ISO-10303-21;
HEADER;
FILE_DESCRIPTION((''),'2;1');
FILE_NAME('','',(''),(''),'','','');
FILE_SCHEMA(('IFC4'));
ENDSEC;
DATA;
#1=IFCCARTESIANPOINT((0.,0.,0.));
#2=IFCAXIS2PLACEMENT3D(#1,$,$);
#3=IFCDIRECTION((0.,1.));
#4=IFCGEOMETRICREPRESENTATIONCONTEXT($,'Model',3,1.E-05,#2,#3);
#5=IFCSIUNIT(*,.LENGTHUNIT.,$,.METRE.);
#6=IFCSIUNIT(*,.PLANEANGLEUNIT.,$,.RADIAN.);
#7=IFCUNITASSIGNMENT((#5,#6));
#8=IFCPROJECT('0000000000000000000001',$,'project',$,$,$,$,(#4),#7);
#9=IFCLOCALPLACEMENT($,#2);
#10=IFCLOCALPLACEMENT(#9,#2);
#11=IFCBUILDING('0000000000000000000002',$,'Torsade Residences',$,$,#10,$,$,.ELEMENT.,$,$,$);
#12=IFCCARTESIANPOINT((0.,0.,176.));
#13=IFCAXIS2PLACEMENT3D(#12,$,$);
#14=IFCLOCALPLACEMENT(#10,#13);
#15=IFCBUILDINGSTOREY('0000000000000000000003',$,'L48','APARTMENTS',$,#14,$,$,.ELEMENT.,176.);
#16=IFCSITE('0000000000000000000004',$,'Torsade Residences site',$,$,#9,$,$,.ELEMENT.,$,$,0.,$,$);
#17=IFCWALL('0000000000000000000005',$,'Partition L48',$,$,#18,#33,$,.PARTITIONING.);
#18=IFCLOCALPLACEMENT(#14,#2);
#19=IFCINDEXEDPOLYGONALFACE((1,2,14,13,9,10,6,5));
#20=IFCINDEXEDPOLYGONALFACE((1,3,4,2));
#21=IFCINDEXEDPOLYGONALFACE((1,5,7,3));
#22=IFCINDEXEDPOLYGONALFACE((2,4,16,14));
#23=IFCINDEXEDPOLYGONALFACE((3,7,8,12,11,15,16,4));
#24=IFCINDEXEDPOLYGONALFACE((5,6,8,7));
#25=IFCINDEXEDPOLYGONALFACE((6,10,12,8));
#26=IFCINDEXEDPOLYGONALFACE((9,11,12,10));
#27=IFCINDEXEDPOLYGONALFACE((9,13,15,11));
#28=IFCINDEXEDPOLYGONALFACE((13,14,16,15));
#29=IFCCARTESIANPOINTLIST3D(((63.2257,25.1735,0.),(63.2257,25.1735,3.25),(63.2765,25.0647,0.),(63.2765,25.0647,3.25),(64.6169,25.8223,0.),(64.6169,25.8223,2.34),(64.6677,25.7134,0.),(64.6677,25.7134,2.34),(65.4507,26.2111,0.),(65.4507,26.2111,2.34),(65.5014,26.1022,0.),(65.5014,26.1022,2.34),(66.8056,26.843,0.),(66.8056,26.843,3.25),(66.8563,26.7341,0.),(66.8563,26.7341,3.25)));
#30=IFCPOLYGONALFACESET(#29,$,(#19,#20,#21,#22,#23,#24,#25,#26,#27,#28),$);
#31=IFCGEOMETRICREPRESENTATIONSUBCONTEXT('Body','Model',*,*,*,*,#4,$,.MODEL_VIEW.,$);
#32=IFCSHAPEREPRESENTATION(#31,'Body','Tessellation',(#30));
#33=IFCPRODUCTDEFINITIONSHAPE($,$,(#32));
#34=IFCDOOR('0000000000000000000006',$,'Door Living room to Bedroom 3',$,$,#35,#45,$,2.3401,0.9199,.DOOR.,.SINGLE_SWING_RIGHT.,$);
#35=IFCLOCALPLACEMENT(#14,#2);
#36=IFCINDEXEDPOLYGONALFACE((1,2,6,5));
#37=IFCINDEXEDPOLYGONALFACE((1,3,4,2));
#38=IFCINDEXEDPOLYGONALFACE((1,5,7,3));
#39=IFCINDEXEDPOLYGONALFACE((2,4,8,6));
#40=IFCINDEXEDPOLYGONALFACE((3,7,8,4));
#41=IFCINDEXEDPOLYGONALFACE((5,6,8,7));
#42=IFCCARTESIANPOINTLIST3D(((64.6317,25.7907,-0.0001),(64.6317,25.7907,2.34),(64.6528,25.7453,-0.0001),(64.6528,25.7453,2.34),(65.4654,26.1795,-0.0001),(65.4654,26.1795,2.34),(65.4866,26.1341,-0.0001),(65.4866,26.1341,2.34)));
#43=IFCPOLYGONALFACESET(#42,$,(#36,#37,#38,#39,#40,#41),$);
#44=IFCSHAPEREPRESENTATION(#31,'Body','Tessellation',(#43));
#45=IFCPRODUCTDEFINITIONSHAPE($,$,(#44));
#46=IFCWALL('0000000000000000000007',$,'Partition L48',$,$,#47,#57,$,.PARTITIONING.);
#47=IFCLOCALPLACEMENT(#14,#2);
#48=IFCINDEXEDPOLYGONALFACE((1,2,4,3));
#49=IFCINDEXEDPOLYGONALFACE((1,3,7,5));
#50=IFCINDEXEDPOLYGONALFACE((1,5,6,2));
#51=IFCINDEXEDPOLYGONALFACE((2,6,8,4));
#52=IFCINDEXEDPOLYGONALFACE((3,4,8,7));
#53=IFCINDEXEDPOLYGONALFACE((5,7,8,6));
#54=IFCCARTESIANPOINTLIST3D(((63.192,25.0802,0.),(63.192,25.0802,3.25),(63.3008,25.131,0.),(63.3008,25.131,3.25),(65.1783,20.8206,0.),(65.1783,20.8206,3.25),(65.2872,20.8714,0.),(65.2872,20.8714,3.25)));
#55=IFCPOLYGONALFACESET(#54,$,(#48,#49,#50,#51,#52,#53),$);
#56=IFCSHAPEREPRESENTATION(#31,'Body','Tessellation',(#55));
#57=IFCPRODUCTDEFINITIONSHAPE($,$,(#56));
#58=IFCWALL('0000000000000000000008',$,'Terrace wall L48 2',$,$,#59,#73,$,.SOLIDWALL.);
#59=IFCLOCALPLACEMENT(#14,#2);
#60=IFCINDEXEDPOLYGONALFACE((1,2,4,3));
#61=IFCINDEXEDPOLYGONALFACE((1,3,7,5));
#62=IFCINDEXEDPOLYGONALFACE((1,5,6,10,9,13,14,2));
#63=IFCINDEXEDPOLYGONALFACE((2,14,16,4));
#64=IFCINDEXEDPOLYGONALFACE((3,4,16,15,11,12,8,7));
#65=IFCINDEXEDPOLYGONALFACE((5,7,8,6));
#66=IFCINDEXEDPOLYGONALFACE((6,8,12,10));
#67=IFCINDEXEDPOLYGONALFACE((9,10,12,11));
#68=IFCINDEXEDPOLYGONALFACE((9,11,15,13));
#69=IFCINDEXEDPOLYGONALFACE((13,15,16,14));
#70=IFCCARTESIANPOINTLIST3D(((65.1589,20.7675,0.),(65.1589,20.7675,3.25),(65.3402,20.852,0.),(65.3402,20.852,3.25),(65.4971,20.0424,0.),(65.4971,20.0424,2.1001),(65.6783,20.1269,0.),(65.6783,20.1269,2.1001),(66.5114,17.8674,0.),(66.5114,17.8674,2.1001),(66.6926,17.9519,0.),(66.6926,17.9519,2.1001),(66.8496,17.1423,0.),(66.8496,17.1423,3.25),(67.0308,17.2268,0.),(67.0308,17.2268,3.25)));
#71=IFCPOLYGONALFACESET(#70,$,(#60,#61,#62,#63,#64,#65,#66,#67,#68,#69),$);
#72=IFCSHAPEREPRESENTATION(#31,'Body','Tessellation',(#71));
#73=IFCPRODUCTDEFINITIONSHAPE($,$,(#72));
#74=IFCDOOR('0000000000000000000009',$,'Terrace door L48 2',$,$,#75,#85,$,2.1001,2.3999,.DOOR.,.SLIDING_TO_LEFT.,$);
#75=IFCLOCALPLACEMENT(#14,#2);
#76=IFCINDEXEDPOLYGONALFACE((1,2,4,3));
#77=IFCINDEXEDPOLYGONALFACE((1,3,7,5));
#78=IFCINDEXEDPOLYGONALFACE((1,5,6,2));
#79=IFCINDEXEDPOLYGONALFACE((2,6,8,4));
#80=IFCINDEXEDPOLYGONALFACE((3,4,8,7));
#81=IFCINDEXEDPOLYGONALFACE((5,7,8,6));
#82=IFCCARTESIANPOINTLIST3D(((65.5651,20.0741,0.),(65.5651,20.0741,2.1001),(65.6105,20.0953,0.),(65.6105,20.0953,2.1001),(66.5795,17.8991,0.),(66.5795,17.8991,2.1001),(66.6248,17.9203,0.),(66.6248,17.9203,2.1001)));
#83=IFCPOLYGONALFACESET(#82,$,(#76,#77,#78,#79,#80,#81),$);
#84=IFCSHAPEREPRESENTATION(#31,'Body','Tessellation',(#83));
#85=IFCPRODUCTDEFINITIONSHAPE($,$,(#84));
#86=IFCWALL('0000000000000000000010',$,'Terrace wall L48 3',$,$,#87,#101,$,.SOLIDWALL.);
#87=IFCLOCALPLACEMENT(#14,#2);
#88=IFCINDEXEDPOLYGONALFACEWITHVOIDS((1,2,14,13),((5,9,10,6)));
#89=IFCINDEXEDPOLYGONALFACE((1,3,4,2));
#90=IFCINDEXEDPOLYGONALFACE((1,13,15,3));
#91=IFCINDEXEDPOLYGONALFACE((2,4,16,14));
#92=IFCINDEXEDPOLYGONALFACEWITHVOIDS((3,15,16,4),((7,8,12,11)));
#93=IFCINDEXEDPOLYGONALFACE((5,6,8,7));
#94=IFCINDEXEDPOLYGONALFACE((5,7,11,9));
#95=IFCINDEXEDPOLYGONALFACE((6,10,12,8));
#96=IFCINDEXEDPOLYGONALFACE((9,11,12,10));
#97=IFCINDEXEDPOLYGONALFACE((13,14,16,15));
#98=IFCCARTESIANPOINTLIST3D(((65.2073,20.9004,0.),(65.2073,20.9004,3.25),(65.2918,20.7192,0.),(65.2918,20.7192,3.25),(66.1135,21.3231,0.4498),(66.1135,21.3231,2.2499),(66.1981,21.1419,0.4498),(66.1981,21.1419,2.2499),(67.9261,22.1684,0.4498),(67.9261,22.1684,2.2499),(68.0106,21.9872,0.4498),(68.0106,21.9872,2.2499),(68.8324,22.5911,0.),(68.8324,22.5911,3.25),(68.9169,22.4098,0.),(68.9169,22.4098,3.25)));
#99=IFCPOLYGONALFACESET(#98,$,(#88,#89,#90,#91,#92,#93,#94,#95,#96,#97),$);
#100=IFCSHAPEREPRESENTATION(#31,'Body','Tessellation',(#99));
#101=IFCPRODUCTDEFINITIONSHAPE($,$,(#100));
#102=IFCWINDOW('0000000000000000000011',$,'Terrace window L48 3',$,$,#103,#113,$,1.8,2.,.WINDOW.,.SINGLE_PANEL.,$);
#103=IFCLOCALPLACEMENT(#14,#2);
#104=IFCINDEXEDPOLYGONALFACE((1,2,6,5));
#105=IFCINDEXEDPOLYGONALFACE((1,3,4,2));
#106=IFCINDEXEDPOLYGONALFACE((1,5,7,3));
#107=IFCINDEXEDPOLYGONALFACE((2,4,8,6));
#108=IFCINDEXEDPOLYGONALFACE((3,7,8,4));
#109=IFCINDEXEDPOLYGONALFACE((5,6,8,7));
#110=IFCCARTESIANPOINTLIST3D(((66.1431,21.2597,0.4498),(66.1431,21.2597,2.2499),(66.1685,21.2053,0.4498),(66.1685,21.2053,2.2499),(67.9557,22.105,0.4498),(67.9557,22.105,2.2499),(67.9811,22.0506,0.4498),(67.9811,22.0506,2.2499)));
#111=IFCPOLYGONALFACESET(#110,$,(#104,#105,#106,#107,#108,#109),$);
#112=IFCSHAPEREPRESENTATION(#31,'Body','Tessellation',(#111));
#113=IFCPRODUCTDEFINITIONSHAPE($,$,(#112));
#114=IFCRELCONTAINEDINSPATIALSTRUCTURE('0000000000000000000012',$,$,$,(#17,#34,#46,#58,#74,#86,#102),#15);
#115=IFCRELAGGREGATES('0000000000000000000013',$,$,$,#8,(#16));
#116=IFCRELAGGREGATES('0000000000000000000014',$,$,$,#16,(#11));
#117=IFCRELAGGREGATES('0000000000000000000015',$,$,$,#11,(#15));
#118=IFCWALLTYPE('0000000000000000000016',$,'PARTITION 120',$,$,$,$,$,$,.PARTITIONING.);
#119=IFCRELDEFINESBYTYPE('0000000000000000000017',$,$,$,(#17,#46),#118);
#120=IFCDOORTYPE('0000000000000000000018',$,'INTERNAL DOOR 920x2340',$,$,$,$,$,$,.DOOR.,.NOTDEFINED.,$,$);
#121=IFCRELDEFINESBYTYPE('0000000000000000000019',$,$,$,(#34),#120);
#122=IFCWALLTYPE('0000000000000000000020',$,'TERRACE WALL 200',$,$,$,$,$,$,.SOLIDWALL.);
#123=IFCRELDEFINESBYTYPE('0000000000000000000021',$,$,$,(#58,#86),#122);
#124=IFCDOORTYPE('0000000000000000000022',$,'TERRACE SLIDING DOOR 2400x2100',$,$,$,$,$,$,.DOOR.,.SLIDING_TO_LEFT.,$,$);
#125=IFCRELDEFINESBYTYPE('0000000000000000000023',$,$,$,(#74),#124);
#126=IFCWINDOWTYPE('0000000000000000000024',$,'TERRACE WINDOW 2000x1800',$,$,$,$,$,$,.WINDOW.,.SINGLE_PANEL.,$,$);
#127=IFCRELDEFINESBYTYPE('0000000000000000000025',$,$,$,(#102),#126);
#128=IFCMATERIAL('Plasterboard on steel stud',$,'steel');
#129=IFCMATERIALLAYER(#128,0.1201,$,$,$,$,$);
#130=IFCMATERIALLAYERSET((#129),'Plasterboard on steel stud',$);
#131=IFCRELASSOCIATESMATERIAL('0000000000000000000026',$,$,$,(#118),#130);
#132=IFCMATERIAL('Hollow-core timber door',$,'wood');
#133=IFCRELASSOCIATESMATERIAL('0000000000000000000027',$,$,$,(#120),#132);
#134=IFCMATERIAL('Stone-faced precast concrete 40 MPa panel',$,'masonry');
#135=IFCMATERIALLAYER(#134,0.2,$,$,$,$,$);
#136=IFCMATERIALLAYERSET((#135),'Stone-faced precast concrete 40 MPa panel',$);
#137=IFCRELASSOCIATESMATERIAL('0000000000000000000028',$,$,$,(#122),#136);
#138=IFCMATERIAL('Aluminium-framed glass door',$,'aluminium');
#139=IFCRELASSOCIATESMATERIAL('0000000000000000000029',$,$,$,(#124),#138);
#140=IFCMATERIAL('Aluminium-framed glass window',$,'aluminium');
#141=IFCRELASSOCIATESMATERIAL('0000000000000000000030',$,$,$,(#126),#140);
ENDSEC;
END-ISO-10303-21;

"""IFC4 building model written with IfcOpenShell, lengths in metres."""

from ifc_helpers import new_model, si_unit, direction, frame, frame_2d, origin, place, context, subcontext, project, spatial, rectangle, extrude, material, layer, layer_set, type_object, element, fill, save


model = new_model("IFC4")

# Units and contexts
model_context = context("Model", 3, precision=1e-05, world=origin(), true_north=direction((0.0, 1.0)))
body_context = subcontext(model_context, "Body", "Model", "MODEL_VIEW")
ifc_project = project(units=[si_unit("LENGTHUNIT", "METRE"), si_unit("PLANEANGLEUNIT", "RADIAN")], contexts=[model_context])

# Site, building, storey
site_placement = place(None, origin())
site = spatial("IfcSite", under=ifc_project, at=site_placement, Name="Torsade Residences site", CompositionType="ELEMENT", RefElevation=0.0)
building_placement = place(site_placement, origin())
building = spatial("IfcBuilding", under=site, at=building_placement, Name="Torsade Residences", CompositionType="ELEMENT")
storey_placement = place(building_placement, frame((0.0, 0.0, 176.0)))
storey = spatial("IfcBuildingStorey", under=building, at=storey_placement, Name="L48", Description="APARTMENTS", CompositionType="ELEMENT", Elevation=176.0)

# Shared definitions
ifc_material_1 = material(Name="Plasterboard on steel stud", Category="steel")
ifc_layer_1 = layer(ifc_material_1, 0.1201)
ifc_layer_set_1 = layer_set([ifc_layer_1], Name="Plasterboard on steel stud")
wall_type_1 = type_object("IfcWallType", Name="PARTITION 120", PredefinedType="PARTITIONING", material=ifc_layer_set_1)

# Wall, opening, door
wall_1_placement = place(storey_placement, frame((66.8311, 26.7886, 0.0), z_axis=(0.0, 0.0, 1.0), x_axis=(-0.906295, -0.422645, 0.0)))
wall_1 = element("IfcWall", 1, at=wall_1_placement, inside=storey, type_object=wall_type_1, Name="Partition L48", PredefinedType="PARTITIONING", context=body_context, shape_type="SweptSolid", body=[
    extrude(rectangle(XDim=3.95, YDim=0.1201, at=frame_2d((1.9751, 0.0))), origin(), (0.0, 0.0, 1.0), 3.25),
])
opening_1_placement = place(wall_1_placement, frame((1.4951, 0.0, 0.0)))
opening_1 = element("IfcOpeningElement", 2, at=opening_1_placement, cuts=wall_1, PredefinedType="OPENING", context=body_context, shape_type="SweptSolid", body=[
    extrude(rectangle(XDim=0.9199, YDim=2.3401, at=frame_2d((0.46, 1.1699))), frame((0.0, 0.0701, 0.0), z_axis=(0.0, -1.0, 0.0), x_axis=(1.0, 0.0, 0.0)), (0.0, 0.0, 1.0), 0.1401),
])
ifc_material_2 = material(Name="Hollow-core timber door", Category="wood")
door_type_1 = type_object("IfcDoorType", Name="INTERNAL DOOR 920x2340", OperationType="NOTDEFINED", PredefinedType="DOOR", material=ifc_material_2)
door_1_placement = place(opening_1_placement, origin())
door_1 = element("IfcDoor", 3, at=door_1_placement, inside=storey, type_object=door_type_1, Name="Door Living room to Bedroom 3", OperationType="SINGLE_SWING_RIGHT", OverallHeight=2.3401, OverallWidth=0.9199, PredefinedType="DOOR", context=body_context, shape_type="SweptSolid", body=[
    extrude(rectangle(XDim=0.9199, YDim=2.3401, at=frame_2d((0.46, 1.1699))), frame((0.0, 0.0249, 0.0), z_axis=(0.0, -1.0, 0.0), x_axis=(1.0, 0.0, 0.0)), (0.0, 0.0, 1.0), 0.05),
])
fill(opening_1, door_1)

# Wall
wall_2_placement = place(storey_placement, frame((63.2463, 25.1057, 0.0), z_axis=(0.0, 0.0, 1.0), x_axis=(0.422632, -0.906301, 0.0)))
element("IfcWall", 4, at=wall_2_placement, inside=storey, type_object=wall_type_1, Name="Partition L48", PredefinedType="PARTITIONING", context=body_context, shape_type="SweptSolid", body=[
    extrude(rectangle(XDim=4.7, YDim=0.1201, at=frame_2d((2.3501, 0.0))), origin(), (0.0, 0.0, 1.0), 3.25),
])

# Wall, opening, door
ifc_material_3 = material(Name="Stone-faced precast concrete 40 MPa panel", Category="masonry")
ifc_layer_2 = layer(ifc_material_3, 0.2)
ifc_layer_set_2 = layer_set([ifc_layer_2], Name="Stone-faced precast concrete 40 MPa panel")
wall_type_2 = type_object("IfcWallType", Name="TERRACE WALL 200", PredefinedType="SOLIDWALL", material=ifc_layer_set_2)
wall_3_placement = place(storey_placement, frame((66.9402, 17.1846, 0.0), z_axis=(0.0, 0.0, 1.0), x_axis=(-0.422658, 0.906289, 0.0)))
wall_3 = element("IfcWall", 5, at=wall_3_placement, inside=storey, type_object=wall_type_2, Name="Terrace wall L48 2", PredefinedType="SOLIDWALL", context=body_context, shape_type="SweptSolid", body=[
    extrude(rectangle(XDim=4.0, YDim=0.2, at=frame_2d((2.0, 0.0))), origin(), (0.0, 0.0, 1.0), 3.25),
])
opening_2_placement = place(wall_3_placement, frame((0.8, 0.0, 0.0)))
opening_2 = element("IfcOpeningElement", 6, at=opening_2_placement, cuts=wall_3, PredefinedType="OPENING", context=body_context, shape_type="SweptSolid", body=[
    extrude(rectangle(XDim=2.3999, YDim=2.1001, at=frame_2d((1.2, 1.05))), frame((0.0, 0.1099, 0.0), z_axis=(0.0, -1.0, 0.0), x_axis=(1.0, 0.0, 0.0)), (0.0, 0.0, 1.0), 0.22),
])
ifc_material_4 = material(Name="Aluminium-framed glass door", Category="aluminium")
door_type_2 = type_object("IfcDoorType", Name="TERRACE SLIDING DOOR 2400x2100", OperationType="SLIDING_TO_LEFT", PredefinedType="DOOR", material=ifc_material_4)
door_2_placement = place(opening_2_placement, origin())
door_2 = element("IfcDoor", 7, at=door_2_placement, inside=storey, type_object=door_type_2, Name="Terrace door L48 2", OperationType="SLIDING_TO_LEFT", OverallHeight=2.1001, OverallWidth=2.3999, PredefinedType="DOOR", context=body_context, shape_type="SweptSolid", body=[
    extrude(rectangle(XDim=2.3999, YDim=2.1001, at=frame_2d((1.2, 1.05))), frame((0.0, 0.0249, 0.0), z_axis=(0.0, -1.0, 0.0), x_axis=(1.0, 0.0, 0.0)), (0.0, 0.0, 1.0), 0.05),
])
fill(opening_2, door_2)

# Wall, opening, window
wall_4_placement = place(storey_placement, frame((65.2495, 20.8098, 0.0), z_axis=(0.0, 0.0, 1.0), x_axis=(0.906289, 0.422658, 0.0)))
wall_4 = element("IfcWall", 8, at=wall_4_placement, inside=storey, type_object=wall_type_2, Name="Terrace wall L48 3", PredefinedType="SOLIDWALL", context=body_context, shape_type="SweptSolid", body=[
    extrude(rectangle(XDim=4.0, YDim=0.2, at=frame_2d((2.0, 0.0))), origin(), (0.0, 0.0, 1.0), 3.25),
])
opening_3_placement = place(wall_4_placement, frame((1.0, 0.0, 0.45)))
opening_3 = element("IfcOpeningElement", 9, at=opening_3_placement, cuts=wall_4, PredefinedType="OPENING", context=body_context, shape_type="SweptSolid", body=[
    extrude(rectangle(XDim=2.0, YDim=1.8, at=frame_2d((1.0, 0.8999))), frame((0.0, 0.1099, 0.0), z_axis=(0.0, -1.0, 0.0), x_axis=(1.0, 0.0, 0.0)), (0.0, 0.0, 1.0), 0.22),
])
ifc_material_5 = material(Name="Aluminium-framed glass window", Category="aluminium")
window_type = type_object("IfcWindowType", Name="TERRACE WINDOW 2000x1800", PartitioningType="SINGLE_PANEL", PredefinedType="WINDOW", material=ifc_material_5)
window_placement = place(opening_3_placement, origin())
window = element("IfcWindow", 10, at=window_placement, inside=storey, type_object=window_type, Name="Terrace window L48 3", OverallHeight=1.8, OverallWidth=2.0, PartitioningType="SINGLE_PANEL", PredefinedType="WINDOW", context=body_context, shape_type="SweptSolid", body=[
    extrude(rectangle(XDim=2.0, YDim=1.8, at=frame_2d((1.0, 0.8999))), frame((0.0, 0.03, 0.0), z_axis=(0.0, -1.0, 0.0), x_axis=(1.0, 0.0, 0.0)), (0.0, 0.0, 1.0), 0.0601),
])
fill(opening_3, window)

save(model, "model.ifc")
